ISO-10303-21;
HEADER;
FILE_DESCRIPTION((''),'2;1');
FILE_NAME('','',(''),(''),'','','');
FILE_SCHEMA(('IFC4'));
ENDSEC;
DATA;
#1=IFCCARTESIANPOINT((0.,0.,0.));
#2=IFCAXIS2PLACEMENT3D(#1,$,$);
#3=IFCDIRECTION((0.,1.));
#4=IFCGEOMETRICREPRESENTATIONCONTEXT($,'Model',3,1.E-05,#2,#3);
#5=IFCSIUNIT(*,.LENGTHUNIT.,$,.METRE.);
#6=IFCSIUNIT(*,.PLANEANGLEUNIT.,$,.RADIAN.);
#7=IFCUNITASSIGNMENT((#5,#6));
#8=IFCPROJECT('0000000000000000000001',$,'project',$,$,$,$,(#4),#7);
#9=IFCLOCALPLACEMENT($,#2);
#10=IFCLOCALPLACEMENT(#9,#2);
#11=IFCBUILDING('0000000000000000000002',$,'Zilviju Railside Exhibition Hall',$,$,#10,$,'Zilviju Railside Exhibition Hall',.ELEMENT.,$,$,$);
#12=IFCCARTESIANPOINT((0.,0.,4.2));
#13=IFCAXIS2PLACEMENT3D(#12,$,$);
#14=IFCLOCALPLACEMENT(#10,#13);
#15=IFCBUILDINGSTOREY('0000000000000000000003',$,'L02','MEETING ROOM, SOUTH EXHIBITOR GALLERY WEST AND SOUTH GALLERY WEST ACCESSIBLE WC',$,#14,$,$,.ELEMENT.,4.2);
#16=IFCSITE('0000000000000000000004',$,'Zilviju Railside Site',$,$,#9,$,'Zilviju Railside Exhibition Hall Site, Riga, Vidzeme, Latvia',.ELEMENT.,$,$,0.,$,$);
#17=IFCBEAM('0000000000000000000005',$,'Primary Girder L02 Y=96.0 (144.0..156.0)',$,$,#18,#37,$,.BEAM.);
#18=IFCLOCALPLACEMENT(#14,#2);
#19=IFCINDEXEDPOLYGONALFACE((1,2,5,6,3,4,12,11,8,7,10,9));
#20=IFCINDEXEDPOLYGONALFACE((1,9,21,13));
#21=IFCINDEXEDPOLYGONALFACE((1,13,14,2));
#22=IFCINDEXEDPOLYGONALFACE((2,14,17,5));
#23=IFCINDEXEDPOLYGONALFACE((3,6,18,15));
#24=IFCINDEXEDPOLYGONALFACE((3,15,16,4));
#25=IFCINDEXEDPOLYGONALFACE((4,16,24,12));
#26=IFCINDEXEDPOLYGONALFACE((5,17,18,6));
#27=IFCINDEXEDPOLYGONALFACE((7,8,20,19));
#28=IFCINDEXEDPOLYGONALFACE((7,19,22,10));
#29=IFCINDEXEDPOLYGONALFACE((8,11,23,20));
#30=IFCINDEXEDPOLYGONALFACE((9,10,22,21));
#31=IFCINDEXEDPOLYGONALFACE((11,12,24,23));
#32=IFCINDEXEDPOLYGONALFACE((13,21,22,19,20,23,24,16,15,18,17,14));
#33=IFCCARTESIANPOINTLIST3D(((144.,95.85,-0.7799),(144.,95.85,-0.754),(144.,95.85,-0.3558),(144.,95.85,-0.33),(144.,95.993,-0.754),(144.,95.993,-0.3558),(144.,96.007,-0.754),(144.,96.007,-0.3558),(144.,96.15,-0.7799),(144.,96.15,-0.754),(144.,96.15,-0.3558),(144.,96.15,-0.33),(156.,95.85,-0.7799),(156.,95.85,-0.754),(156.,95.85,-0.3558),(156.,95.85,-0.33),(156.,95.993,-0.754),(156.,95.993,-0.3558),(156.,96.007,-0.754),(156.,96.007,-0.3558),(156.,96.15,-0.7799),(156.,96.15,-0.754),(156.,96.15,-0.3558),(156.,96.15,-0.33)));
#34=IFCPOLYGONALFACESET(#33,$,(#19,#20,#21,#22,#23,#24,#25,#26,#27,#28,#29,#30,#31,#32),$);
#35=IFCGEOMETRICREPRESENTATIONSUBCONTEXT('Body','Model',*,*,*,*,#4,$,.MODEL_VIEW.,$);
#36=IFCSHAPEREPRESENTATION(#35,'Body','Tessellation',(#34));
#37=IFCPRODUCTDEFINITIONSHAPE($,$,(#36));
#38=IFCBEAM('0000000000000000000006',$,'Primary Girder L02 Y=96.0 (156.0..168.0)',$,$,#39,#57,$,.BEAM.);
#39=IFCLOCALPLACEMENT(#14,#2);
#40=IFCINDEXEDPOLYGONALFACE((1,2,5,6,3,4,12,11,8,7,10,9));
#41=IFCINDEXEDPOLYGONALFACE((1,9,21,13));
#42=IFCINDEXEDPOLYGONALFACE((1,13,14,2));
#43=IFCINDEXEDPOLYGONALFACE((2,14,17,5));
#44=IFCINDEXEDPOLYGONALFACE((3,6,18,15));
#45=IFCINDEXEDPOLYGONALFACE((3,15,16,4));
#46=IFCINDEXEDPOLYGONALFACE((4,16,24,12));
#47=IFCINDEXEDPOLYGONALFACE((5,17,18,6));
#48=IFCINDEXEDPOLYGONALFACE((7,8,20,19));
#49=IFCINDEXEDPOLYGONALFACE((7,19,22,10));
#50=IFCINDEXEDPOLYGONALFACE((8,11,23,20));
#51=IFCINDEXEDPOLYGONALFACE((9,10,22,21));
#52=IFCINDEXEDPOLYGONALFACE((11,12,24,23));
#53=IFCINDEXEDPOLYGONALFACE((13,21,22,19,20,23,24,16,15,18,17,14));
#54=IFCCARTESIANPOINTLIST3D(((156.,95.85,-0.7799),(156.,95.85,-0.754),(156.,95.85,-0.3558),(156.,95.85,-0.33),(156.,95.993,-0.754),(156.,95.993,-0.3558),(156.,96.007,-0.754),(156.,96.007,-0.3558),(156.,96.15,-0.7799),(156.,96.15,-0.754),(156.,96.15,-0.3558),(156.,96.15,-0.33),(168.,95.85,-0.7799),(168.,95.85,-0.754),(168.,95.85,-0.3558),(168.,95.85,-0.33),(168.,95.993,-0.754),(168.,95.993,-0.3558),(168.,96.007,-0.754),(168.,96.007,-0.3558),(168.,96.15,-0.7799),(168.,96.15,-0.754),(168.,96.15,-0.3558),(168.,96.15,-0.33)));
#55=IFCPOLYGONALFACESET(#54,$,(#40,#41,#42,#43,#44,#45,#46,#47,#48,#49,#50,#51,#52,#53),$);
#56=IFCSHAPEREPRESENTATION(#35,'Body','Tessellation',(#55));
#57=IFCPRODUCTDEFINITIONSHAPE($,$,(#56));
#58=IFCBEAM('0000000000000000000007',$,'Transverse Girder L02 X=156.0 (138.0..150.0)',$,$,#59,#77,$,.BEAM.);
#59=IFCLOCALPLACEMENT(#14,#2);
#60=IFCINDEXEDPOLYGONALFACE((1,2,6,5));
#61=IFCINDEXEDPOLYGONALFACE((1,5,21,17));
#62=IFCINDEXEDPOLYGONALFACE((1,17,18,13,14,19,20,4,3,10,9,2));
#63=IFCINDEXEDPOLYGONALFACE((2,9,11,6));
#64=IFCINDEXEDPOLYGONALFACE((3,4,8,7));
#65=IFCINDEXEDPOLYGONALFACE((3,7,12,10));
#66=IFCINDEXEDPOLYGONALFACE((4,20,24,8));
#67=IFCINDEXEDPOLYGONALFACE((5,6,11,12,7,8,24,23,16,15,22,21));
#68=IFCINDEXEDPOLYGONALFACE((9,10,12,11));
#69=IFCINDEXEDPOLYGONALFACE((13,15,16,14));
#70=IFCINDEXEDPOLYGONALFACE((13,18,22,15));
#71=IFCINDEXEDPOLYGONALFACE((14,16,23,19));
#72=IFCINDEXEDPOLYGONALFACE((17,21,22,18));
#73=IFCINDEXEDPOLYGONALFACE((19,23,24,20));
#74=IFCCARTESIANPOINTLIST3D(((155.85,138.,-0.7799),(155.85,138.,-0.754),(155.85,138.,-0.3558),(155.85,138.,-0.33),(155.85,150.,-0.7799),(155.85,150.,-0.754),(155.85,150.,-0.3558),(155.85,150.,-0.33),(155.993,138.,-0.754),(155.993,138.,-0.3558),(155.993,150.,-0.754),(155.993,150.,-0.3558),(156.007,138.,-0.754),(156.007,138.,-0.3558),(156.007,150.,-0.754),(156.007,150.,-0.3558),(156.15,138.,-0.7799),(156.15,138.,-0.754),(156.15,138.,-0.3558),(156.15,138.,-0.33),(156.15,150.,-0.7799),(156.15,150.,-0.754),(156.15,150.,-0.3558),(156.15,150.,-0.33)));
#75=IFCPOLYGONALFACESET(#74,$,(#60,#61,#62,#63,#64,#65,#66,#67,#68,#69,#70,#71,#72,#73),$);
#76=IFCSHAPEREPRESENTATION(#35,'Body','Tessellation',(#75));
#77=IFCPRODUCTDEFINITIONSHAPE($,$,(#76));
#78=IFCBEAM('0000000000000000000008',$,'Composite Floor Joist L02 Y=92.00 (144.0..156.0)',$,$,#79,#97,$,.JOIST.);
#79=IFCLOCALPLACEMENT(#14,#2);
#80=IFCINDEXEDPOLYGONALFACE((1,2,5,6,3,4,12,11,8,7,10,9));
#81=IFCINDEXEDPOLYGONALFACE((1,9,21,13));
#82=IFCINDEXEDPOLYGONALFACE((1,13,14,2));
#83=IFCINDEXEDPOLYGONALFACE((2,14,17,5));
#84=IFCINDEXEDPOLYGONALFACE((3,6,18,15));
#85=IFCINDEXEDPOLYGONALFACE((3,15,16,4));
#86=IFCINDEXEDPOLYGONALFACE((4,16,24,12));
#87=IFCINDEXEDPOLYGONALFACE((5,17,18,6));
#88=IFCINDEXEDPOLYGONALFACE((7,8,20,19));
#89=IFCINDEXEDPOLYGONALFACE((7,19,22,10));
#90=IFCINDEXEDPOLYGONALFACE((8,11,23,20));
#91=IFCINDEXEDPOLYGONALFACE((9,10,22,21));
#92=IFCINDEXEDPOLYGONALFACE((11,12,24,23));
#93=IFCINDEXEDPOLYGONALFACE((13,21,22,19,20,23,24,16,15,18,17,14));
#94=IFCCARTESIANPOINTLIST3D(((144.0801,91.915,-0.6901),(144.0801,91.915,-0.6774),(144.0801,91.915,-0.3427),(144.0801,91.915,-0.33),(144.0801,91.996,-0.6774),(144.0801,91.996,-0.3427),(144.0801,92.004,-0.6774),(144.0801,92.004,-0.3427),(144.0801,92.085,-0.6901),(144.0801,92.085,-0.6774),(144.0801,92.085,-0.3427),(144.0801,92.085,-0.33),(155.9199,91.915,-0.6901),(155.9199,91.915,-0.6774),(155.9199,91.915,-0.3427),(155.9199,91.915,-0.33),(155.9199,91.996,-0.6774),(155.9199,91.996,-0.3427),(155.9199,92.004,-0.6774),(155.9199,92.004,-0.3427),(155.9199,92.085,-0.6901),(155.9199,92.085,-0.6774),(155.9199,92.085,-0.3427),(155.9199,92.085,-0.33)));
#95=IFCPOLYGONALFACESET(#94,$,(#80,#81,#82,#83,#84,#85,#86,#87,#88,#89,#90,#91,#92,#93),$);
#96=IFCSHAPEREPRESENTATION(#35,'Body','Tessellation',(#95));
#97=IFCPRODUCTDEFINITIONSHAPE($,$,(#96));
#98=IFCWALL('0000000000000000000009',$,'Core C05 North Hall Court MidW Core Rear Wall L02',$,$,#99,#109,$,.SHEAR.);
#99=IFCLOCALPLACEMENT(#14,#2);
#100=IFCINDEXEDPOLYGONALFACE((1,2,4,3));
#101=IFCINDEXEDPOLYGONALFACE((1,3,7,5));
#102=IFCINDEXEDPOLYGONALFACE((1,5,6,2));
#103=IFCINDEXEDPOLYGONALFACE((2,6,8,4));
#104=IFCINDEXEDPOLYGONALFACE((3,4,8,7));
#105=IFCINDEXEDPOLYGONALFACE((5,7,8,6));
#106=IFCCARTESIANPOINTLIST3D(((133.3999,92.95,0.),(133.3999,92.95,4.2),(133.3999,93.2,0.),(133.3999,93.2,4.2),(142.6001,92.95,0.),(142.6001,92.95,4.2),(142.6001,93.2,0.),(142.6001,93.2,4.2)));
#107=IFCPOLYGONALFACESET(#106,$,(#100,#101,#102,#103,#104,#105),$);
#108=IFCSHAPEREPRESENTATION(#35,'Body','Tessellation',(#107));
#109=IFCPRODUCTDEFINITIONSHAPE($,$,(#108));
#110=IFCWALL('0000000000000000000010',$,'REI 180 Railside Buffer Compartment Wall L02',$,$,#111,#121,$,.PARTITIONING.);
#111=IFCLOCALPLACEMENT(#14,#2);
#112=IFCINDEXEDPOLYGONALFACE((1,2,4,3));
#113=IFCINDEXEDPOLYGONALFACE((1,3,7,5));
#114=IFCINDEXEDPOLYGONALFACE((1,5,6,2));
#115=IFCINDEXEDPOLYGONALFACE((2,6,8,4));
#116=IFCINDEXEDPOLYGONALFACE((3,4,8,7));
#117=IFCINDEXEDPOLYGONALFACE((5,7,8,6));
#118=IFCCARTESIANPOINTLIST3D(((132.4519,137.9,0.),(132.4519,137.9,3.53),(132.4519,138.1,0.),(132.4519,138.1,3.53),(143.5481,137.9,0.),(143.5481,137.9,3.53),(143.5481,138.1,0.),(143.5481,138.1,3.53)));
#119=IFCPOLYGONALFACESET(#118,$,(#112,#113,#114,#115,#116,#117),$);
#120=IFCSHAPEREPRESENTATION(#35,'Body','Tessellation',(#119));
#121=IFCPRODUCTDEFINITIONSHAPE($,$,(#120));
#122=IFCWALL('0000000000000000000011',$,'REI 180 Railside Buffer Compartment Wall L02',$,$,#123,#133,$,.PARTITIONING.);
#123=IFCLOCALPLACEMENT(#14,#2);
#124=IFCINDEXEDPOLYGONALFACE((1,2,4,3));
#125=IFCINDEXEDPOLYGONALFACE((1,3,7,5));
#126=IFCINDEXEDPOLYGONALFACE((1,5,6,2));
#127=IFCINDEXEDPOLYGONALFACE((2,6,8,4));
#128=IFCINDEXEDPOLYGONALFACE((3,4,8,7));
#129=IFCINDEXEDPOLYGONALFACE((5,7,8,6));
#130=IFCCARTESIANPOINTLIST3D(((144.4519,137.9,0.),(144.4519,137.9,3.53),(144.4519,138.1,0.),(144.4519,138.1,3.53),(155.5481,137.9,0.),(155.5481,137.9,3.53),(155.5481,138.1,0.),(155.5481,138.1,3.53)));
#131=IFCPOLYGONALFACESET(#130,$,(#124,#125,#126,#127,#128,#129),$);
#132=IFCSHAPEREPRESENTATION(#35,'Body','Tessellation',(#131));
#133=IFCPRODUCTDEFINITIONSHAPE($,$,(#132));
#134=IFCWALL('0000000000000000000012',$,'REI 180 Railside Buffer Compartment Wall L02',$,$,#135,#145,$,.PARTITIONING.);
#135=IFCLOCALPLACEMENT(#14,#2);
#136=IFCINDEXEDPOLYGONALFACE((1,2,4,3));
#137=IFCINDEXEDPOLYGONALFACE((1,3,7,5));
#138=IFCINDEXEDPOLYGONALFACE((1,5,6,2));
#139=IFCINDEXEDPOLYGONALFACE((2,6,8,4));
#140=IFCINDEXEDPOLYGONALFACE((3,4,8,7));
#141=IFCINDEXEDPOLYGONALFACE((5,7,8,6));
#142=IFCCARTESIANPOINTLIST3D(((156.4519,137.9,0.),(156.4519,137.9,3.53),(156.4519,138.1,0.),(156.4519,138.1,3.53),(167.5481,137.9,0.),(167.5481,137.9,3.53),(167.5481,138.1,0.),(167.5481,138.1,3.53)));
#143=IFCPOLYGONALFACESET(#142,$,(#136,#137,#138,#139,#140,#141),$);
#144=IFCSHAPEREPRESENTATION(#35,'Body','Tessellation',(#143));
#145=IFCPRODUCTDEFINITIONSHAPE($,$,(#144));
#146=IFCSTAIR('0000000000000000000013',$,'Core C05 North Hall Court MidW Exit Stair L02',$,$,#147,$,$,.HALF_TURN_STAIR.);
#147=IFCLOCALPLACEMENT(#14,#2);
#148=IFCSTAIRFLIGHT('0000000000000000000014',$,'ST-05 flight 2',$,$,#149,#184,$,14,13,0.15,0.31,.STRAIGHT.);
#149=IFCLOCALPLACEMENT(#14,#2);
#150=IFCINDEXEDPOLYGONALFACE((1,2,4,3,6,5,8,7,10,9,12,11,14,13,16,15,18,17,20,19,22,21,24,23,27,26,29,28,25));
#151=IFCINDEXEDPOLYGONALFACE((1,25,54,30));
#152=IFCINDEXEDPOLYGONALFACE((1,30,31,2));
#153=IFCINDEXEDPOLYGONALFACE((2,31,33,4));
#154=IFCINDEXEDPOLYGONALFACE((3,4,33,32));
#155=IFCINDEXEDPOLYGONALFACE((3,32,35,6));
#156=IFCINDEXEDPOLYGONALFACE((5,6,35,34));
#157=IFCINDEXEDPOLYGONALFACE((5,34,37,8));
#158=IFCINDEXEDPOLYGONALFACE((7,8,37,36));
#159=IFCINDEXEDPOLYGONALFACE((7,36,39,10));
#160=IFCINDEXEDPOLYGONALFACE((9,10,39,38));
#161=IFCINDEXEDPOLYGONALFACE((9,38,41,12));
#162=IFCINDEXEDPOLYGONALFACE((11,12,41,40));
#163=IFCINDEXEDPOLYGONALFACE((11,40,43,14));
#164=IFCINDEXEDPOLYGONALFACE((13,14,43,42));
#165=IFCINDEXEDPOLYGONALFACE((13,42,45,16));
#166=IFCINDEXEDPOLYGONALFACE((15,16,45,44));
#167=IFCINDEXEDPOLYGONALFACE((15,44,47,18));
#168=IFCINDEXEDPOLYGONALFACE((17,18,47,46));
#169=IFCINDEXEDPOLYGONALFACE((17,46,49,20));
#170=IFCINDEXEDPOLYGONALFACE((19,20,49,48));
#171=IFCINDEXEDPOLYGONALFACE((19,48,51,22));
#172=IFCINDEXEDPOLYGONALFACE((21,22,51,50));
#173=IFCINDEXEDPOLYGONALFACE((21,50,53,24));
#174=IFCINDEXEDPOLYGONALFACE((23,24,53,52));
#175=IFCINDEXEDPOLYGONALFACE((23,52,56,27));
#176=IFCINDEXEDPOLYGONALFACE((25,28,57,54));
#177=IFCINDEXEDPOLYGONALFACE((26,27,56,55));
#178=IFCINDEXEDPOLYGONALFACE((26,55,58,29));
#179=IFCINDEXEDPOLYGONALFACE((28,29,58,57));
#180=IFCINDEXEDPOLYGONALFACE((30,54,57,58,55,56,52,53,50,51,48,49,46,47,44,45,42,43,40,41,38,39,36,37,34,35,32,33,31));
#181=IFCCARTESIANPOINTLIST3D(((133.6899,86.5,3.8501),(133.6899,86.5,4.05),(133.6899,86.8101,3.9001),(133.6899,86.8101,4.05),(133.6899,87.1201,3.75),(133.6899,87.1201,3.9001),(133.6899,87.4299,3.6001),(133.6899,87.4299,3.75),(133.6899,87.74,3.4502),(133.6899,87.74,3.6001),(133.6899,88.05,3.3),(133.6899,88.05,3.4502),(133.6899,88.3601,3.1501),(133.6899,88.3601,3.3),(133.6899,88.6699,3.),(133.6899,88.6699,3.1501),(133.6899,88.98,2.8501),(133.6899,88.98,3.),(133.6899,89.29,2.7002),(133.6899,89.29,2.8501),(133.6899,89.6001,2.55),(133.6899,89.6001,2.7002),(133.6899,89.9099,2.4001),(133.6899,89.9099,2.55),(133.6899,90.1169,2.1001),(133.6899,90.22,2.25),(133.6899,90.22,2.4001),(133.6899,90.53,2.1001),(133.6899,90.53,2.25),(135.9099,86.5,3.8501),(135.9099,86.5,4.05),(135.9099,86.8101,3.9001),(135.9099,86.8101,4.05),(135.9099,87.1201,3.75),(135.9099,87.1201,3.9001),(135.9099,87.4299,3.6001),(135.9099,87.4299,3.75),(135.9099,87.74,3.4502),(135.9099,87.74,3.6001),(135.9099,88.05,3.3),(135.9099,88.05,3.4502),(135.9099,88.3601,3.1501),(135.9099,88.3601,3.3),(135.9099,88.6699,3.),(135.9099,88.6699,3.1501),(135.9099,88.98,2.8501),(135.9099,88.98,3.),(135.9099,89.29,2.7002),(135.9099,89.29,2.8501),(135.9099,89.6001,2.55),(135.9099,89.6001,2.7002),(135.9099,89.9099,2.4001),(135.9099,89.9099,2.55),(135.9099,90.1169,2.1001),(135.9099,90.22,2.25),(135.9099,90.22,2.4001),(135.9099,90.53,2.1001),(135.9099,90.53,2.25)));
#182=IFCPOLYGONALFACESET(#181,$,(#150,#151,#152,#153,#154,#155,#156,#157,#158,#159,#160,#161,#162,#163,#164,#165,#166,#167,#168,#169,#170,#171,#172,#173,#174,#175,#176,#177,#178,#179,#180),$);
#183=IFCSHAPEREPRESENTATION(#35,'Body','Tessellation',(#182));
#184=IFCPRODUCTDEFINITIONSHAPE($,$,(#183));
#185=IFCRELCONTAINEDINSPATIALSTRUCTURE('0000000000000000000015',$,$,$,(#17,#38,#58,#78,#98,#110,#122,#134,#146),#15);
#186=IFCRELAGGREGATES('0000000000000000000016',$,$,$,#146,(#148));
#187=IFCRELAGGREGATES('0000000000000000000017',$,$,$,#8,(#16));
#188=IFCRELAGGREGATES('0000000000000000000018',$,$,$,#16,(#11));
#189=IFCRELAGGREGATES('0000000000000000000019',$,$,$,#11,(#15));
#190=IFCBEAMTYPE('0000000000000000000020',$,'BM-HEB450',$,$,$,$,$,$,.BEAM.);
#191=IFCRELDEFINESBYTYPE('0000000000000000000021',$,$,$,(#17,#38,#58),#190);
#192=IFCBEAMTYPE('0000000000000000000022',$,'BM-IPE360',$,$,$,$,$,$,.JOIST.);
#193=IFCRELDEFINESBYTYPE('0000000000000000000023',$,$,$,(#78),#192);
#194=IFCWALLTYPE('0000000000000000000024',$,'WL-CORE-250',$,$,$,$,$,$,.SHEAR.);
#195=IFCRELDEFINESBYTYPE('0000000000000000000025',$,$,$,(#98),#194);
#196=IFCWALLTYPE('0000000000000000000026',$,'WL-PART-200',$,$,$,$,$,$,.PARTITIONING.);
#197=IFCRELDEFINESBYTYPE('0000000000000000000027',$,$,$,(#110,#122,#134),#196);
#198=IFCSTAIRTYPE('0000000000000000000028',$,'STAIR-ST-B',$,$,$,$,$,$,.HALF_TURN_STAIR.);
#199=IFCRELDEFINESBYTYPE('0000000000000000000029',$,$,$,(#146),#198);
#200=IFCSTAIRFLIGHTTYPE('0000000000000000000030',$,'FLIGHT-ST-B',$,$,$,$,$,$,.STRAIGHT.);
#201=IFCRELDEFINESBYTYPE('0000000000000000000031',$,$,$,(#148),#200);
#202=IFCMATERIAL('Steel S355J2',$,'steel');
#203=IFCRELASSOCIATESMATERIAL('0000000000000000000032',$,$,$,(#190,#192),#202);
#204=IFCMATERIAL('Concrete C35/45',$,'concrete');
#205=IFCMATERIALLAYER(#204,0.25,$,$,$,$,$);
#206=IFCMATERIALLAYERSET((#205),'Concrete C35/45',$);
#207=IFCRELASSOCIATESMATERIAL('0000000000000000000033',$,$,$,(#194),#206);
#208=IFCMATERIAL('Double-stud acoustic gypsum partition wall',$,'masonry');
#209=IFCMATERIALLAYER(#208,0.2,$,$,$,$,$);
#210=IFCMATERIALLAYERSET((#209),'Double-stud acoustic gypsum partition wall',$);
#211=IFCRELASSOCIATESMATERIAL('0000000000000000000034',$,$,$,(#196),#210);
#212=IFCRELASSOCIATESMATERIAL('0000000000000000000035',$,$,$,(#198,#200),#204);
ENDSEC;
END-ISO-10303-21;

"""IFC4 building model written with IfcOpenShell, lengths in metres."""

from ifc_helpers import new_model, si_unit, direction, frame, frame_2d, origin, origin_2d, place, context, subcontext, project, spatial, polyline, rectangle, i_section, outline, extrude, material, layer, layer_set, material_profile, profile_set, type_object, element, aggregate, save


model = new_model("IFC4")

# Units and contexts
model_context = context("Model", 3, precision=1e-05, world=origin(), true_north=direction((0.0, 1.0)))
body_context = subcontext(model_context, "Body", "Model", "MODEL_VIEW")
ifc_project = project(units=[si_unit("LENGTHUNIT", "METRE"), si_unit("PLANEANGLEUNIT", "RADIAN")], contexts=[model_context])

# Site, building, storey
site_placement = place(None, origin())
site = spatial("IfcSite", under=ifc_project, at=site_placement, Name="Zilviju Railside Site", LongName="Zilviju Railside Exhibition Hall Site, Riga, Vidzeme, Latvia", CompositionType="ELEMENT", RefElevation=0.0)
building_placement = place(site_placement, origin())
building = spatial("IfcBuilding", under=site, at=building_placement, Name="Zilviju Railside Exhibition Hall", LongName="Zilviju Railside Exhibition Hall", CompositionType="ELEMENT")
storey_placement = place(building_placement, frame((0.0, 0.0, 4.2)))
storey = spatial("IfcBuildingStorey", under=building, at=storey_placement, Name="L02", Description="MEETING ROOM, SOUTH EXHIBITOR GALLERY WEST AND SOUTH GALLERY WEST ACCESSIBLE WC", CompositionType="ELEMENT", Elevation=4.2)

# Shared definitions
ifc_material_1 = material(Name="Concrete C35/45", Category="concrete")

# Beams
ifc_material_2 = material(Name="Steel S355J2", Category="steel")
ifc_material_profile_1 = material_profile(ifc_material_2, i_section(OverallWidth=0.3, OverallDepth=0.45, WebThickness=0.0139, FlangeThickness=0.0259, at=origin_2d()), Name="HEB 450")
ifc_profile_set_1 = profile_set([ifc_material_profile_1], Name="Steel S355J2")
beam_type_1 = type_object("IfcBeamType", Name="BM-HEB450", PredefinedType="BEAM", material=ifc_profile_set_1)
for number, where, z_axis, x_axis, name in (
    (1, (144.0, 96.0, -0.5549), (1.0, 0.0, 0.0), (0.0, 1.0, 0.0), "Primary Girder L02 Y=96.0 (144.0..156.0)"),
    (2, (156.0, 96.0, -0.5549), (1.0, 0.0, 0.0), (0.0, 1.0, 0.0), "Primary Girder L02 Y=96.0 (156.0..168.0)"),
    (3, (156.0, 138.0, -0.5549), (0.0, 1.0, 0.0), (-1.0, 0.0, 0.0), "Transverse Girder L02 X=156.0 (138.0..150.0)"),
):
    element("IfcBeam", number, at=place(storey_placement, frame(where, z_axis=z_axis, x_axis=x_axis)), inside=storey, type_object=beam_type_1, Name=name, PredefinedType="BEAM", context=body_context, shape_type="SweptSolid", body=[
        extrude(i_section(OverallWidth=0.3, OverallDepth=0.45, WebThickness=0.0139, FlangeThickness=0.0259, at=origin_2d()), origin(), (0.0, 0.0, 1.0), 12.0),
    ])
ifc_material_profile_2 = material_profile(ifc_material_2, i_section(OverallWidth=0.1699, OverallDepth=0.3601, WebThickness=0.0081, FlangeThickness=0.0127, at=origin_2d()), Name="IPE 360")
ifc_profile_set_2 = profile_set([ifc_material_profile_2], Name="Steel S355J2")
beam_type_2 = type_object("IfcBeamType", Name="BM-IPE360", PredefinedType="JOIST", material=ifc_profile_set_2)
beam_placement = place(storey_placement, frame((144.0801, 92.0, -0.51), z_axis=(1.0, 0.0, 0.0), x_axis=(0.0, 1.0, 0.0)))
element("IfcBeam", 4, at=beam_placement, inside=storey, type_object=beam_type_2, Name="Composite Floor Joist L02 Y=92.00 (144.0..156.0)", PredefinedType="JOIST", context=body_context, shape_type="SweptSolid", body=[
    extrude(i_section(OverallWidth=0.1699, OverallDepth=0.3601, WebThickness=0.0081, FlangeThickness=0.0127, at=origin_2d()), origin(), (0.0, 0.0, 1.0), 11.8398),
])

# Walls
ifc_layer_1 = layer(ifc_material_1, 0.25)
ifc_layer_set_1 = layer_set([ifc_layer_1], Name="Concrete C35/45")
wall_type_1 = type_object("IfcWallType", Name="WL-CORE-250", PredefinedType="SHEAR", material=ifc_layer_set_1)
wall_placement = place(storey_placement, frame((133.3999, 93.075, 0.0), z_axis=(0.0, 0.0, 1.0), x_axis=(1.0, 0.0, 0.0)))
element("IfcWall", 5, at=wall_placement, inside=storey, type_object=wall_type_1, Name="Core C05 North Hall Court MidW Core Rear Wall L02", PredefinedType="SHEAR", context=body_context, shape_type="SweptSolid", body=[
    extrude(rectangle(XDim=9.2002, YDim=0.25, at=frame_2d((4.6001, 0.0))), origin(), (0.0, 0.0, 1.0), 4.2),
])
ifc_material_3 = material(Name="Double-stud acoustic gypsum partition wall", Category="masonry")
ifc_layer_2 = layer(ifc_material_3, 0.2)
ifc_layer_set_2 = layer_set([ifc_layer_2], Name="Double-stud acoustic gypsum partition wall")
wall_type_2 = type_object("IfcWallType", Name="WL-PART-200", PredefinedType="PARTITIONING", material=ifc_layer_set_2)
for number, where, z_axis, x_axis, name in (
    (6, (132.4519, 138.0, 0.0), (0.0, 0.0, 1.0), (1.0, 0.0, 0.0), "REI 180 Railside Buffer Compartment Wall L02"),
    (7, (144.4519, 138.0, 0.0), (0.0, 0.0, 1.0), (1.0, 0.0, 0.0), "REI 180 Railside Buffer Compartment Wall L02"),
    (8, (156.4519, 138.0, 0.0), (0.0, 0.0, 1.0), (1.0, 0.0, 0.0), "REI 180 Railside Buffer Compartment Wall L02"),
):
    element("IfcWall", number, at=place(storey_placement, frame(where, z_axis=z_axis, x_axis=x_axis)), inside=storey, type_object=wall_type_2, Name=name, PredefinedType="PARTITIONING", context=body_context, shape_type="SweptSolid", body=[
        extrude(rectangle(XDim=11.0962, YDim=0.2, at=frame_2d((5.5481, 0.0))), origin(), (0.0, 0.0, 1.0), 3.53),
    ])

# Stair, stair flight
stair_type = type_object("IfcStairType", Name="STAIR-ST-B", PredefinedType="HALF_TURN_STAIR", material=ifc_material_1)
stair_placement = place(storey_placement, origin())
stair = element("IfcStair", 9, at=stair_placement, inside=storey, type_object=stair_type, Name="Core C05 North Hall Court MidW Exit Stair L02", PredefinedType="HALF_TURN_STAIR")
stair_flight_type = type_object("IfcStairFlightType", Name="FLIGHT-ST-B", PredefinedType="STRAIGHT", material=ifc_material_1)
stair_flight_placement = place(storey_placement, frame((134.8, 90.53, 2.1001), z_axis=(0.0, 0.0, 1.0), x_axis=(0.0, -1.0, 0.0)))
stair_flight = element("IfcStairFlight", 10, at=stair_flight_placement, type_object=stair_flight_type, Name="ST-05 flight 2", NumberOfRisers=14, NumberOfTreads=13, PredefinedType="STRAIGHT", RiserHeight=0.15, TreadLength=0.31, context=body_context, shape_type="SweptSolid", body=[
    extrude(outline(polyline([(0.0, 0.0), (0.0, 0.1499), (0.3101, 0.1499), (0.3101, 0.3), (0.6201, 0.3), (0.6201, 0.45), (0.9299, 0.45), (0.9299, 0.6001), (1.24, 0.6001), (1.24, 0.75), (1.55, 0.75), (1.55, 0.8999), (1.8601, 0.8999), (1.8601, 1.05), (2.1699, 1.05), (2.1699, 1.2), (2.48, 1.2), (2.48, 1.3501), (2.79, 1.3501), (2.79, 1.5), (3.1001, 1.5), (3.1001, 1.6499), (3.4099, 1.6499), (3.4099, 1.8), (3.72, 1.8), (3.72, 1.95), (4.03, 1.95), (4.03, 2.1001), (4.03, 1.75), (0.4131, 0.0), (0.0, 0.0)])), frame((0.0, 1.1099, 0.0), z_axis=(0.0, -1.0, 0.0), x_axis=(1.0, 0.0, 0.0)), (0.0, 0.0, 1.0), 2.22),
])
aggregate(stair, [stair_flight])

save(model, "model.ifc")
